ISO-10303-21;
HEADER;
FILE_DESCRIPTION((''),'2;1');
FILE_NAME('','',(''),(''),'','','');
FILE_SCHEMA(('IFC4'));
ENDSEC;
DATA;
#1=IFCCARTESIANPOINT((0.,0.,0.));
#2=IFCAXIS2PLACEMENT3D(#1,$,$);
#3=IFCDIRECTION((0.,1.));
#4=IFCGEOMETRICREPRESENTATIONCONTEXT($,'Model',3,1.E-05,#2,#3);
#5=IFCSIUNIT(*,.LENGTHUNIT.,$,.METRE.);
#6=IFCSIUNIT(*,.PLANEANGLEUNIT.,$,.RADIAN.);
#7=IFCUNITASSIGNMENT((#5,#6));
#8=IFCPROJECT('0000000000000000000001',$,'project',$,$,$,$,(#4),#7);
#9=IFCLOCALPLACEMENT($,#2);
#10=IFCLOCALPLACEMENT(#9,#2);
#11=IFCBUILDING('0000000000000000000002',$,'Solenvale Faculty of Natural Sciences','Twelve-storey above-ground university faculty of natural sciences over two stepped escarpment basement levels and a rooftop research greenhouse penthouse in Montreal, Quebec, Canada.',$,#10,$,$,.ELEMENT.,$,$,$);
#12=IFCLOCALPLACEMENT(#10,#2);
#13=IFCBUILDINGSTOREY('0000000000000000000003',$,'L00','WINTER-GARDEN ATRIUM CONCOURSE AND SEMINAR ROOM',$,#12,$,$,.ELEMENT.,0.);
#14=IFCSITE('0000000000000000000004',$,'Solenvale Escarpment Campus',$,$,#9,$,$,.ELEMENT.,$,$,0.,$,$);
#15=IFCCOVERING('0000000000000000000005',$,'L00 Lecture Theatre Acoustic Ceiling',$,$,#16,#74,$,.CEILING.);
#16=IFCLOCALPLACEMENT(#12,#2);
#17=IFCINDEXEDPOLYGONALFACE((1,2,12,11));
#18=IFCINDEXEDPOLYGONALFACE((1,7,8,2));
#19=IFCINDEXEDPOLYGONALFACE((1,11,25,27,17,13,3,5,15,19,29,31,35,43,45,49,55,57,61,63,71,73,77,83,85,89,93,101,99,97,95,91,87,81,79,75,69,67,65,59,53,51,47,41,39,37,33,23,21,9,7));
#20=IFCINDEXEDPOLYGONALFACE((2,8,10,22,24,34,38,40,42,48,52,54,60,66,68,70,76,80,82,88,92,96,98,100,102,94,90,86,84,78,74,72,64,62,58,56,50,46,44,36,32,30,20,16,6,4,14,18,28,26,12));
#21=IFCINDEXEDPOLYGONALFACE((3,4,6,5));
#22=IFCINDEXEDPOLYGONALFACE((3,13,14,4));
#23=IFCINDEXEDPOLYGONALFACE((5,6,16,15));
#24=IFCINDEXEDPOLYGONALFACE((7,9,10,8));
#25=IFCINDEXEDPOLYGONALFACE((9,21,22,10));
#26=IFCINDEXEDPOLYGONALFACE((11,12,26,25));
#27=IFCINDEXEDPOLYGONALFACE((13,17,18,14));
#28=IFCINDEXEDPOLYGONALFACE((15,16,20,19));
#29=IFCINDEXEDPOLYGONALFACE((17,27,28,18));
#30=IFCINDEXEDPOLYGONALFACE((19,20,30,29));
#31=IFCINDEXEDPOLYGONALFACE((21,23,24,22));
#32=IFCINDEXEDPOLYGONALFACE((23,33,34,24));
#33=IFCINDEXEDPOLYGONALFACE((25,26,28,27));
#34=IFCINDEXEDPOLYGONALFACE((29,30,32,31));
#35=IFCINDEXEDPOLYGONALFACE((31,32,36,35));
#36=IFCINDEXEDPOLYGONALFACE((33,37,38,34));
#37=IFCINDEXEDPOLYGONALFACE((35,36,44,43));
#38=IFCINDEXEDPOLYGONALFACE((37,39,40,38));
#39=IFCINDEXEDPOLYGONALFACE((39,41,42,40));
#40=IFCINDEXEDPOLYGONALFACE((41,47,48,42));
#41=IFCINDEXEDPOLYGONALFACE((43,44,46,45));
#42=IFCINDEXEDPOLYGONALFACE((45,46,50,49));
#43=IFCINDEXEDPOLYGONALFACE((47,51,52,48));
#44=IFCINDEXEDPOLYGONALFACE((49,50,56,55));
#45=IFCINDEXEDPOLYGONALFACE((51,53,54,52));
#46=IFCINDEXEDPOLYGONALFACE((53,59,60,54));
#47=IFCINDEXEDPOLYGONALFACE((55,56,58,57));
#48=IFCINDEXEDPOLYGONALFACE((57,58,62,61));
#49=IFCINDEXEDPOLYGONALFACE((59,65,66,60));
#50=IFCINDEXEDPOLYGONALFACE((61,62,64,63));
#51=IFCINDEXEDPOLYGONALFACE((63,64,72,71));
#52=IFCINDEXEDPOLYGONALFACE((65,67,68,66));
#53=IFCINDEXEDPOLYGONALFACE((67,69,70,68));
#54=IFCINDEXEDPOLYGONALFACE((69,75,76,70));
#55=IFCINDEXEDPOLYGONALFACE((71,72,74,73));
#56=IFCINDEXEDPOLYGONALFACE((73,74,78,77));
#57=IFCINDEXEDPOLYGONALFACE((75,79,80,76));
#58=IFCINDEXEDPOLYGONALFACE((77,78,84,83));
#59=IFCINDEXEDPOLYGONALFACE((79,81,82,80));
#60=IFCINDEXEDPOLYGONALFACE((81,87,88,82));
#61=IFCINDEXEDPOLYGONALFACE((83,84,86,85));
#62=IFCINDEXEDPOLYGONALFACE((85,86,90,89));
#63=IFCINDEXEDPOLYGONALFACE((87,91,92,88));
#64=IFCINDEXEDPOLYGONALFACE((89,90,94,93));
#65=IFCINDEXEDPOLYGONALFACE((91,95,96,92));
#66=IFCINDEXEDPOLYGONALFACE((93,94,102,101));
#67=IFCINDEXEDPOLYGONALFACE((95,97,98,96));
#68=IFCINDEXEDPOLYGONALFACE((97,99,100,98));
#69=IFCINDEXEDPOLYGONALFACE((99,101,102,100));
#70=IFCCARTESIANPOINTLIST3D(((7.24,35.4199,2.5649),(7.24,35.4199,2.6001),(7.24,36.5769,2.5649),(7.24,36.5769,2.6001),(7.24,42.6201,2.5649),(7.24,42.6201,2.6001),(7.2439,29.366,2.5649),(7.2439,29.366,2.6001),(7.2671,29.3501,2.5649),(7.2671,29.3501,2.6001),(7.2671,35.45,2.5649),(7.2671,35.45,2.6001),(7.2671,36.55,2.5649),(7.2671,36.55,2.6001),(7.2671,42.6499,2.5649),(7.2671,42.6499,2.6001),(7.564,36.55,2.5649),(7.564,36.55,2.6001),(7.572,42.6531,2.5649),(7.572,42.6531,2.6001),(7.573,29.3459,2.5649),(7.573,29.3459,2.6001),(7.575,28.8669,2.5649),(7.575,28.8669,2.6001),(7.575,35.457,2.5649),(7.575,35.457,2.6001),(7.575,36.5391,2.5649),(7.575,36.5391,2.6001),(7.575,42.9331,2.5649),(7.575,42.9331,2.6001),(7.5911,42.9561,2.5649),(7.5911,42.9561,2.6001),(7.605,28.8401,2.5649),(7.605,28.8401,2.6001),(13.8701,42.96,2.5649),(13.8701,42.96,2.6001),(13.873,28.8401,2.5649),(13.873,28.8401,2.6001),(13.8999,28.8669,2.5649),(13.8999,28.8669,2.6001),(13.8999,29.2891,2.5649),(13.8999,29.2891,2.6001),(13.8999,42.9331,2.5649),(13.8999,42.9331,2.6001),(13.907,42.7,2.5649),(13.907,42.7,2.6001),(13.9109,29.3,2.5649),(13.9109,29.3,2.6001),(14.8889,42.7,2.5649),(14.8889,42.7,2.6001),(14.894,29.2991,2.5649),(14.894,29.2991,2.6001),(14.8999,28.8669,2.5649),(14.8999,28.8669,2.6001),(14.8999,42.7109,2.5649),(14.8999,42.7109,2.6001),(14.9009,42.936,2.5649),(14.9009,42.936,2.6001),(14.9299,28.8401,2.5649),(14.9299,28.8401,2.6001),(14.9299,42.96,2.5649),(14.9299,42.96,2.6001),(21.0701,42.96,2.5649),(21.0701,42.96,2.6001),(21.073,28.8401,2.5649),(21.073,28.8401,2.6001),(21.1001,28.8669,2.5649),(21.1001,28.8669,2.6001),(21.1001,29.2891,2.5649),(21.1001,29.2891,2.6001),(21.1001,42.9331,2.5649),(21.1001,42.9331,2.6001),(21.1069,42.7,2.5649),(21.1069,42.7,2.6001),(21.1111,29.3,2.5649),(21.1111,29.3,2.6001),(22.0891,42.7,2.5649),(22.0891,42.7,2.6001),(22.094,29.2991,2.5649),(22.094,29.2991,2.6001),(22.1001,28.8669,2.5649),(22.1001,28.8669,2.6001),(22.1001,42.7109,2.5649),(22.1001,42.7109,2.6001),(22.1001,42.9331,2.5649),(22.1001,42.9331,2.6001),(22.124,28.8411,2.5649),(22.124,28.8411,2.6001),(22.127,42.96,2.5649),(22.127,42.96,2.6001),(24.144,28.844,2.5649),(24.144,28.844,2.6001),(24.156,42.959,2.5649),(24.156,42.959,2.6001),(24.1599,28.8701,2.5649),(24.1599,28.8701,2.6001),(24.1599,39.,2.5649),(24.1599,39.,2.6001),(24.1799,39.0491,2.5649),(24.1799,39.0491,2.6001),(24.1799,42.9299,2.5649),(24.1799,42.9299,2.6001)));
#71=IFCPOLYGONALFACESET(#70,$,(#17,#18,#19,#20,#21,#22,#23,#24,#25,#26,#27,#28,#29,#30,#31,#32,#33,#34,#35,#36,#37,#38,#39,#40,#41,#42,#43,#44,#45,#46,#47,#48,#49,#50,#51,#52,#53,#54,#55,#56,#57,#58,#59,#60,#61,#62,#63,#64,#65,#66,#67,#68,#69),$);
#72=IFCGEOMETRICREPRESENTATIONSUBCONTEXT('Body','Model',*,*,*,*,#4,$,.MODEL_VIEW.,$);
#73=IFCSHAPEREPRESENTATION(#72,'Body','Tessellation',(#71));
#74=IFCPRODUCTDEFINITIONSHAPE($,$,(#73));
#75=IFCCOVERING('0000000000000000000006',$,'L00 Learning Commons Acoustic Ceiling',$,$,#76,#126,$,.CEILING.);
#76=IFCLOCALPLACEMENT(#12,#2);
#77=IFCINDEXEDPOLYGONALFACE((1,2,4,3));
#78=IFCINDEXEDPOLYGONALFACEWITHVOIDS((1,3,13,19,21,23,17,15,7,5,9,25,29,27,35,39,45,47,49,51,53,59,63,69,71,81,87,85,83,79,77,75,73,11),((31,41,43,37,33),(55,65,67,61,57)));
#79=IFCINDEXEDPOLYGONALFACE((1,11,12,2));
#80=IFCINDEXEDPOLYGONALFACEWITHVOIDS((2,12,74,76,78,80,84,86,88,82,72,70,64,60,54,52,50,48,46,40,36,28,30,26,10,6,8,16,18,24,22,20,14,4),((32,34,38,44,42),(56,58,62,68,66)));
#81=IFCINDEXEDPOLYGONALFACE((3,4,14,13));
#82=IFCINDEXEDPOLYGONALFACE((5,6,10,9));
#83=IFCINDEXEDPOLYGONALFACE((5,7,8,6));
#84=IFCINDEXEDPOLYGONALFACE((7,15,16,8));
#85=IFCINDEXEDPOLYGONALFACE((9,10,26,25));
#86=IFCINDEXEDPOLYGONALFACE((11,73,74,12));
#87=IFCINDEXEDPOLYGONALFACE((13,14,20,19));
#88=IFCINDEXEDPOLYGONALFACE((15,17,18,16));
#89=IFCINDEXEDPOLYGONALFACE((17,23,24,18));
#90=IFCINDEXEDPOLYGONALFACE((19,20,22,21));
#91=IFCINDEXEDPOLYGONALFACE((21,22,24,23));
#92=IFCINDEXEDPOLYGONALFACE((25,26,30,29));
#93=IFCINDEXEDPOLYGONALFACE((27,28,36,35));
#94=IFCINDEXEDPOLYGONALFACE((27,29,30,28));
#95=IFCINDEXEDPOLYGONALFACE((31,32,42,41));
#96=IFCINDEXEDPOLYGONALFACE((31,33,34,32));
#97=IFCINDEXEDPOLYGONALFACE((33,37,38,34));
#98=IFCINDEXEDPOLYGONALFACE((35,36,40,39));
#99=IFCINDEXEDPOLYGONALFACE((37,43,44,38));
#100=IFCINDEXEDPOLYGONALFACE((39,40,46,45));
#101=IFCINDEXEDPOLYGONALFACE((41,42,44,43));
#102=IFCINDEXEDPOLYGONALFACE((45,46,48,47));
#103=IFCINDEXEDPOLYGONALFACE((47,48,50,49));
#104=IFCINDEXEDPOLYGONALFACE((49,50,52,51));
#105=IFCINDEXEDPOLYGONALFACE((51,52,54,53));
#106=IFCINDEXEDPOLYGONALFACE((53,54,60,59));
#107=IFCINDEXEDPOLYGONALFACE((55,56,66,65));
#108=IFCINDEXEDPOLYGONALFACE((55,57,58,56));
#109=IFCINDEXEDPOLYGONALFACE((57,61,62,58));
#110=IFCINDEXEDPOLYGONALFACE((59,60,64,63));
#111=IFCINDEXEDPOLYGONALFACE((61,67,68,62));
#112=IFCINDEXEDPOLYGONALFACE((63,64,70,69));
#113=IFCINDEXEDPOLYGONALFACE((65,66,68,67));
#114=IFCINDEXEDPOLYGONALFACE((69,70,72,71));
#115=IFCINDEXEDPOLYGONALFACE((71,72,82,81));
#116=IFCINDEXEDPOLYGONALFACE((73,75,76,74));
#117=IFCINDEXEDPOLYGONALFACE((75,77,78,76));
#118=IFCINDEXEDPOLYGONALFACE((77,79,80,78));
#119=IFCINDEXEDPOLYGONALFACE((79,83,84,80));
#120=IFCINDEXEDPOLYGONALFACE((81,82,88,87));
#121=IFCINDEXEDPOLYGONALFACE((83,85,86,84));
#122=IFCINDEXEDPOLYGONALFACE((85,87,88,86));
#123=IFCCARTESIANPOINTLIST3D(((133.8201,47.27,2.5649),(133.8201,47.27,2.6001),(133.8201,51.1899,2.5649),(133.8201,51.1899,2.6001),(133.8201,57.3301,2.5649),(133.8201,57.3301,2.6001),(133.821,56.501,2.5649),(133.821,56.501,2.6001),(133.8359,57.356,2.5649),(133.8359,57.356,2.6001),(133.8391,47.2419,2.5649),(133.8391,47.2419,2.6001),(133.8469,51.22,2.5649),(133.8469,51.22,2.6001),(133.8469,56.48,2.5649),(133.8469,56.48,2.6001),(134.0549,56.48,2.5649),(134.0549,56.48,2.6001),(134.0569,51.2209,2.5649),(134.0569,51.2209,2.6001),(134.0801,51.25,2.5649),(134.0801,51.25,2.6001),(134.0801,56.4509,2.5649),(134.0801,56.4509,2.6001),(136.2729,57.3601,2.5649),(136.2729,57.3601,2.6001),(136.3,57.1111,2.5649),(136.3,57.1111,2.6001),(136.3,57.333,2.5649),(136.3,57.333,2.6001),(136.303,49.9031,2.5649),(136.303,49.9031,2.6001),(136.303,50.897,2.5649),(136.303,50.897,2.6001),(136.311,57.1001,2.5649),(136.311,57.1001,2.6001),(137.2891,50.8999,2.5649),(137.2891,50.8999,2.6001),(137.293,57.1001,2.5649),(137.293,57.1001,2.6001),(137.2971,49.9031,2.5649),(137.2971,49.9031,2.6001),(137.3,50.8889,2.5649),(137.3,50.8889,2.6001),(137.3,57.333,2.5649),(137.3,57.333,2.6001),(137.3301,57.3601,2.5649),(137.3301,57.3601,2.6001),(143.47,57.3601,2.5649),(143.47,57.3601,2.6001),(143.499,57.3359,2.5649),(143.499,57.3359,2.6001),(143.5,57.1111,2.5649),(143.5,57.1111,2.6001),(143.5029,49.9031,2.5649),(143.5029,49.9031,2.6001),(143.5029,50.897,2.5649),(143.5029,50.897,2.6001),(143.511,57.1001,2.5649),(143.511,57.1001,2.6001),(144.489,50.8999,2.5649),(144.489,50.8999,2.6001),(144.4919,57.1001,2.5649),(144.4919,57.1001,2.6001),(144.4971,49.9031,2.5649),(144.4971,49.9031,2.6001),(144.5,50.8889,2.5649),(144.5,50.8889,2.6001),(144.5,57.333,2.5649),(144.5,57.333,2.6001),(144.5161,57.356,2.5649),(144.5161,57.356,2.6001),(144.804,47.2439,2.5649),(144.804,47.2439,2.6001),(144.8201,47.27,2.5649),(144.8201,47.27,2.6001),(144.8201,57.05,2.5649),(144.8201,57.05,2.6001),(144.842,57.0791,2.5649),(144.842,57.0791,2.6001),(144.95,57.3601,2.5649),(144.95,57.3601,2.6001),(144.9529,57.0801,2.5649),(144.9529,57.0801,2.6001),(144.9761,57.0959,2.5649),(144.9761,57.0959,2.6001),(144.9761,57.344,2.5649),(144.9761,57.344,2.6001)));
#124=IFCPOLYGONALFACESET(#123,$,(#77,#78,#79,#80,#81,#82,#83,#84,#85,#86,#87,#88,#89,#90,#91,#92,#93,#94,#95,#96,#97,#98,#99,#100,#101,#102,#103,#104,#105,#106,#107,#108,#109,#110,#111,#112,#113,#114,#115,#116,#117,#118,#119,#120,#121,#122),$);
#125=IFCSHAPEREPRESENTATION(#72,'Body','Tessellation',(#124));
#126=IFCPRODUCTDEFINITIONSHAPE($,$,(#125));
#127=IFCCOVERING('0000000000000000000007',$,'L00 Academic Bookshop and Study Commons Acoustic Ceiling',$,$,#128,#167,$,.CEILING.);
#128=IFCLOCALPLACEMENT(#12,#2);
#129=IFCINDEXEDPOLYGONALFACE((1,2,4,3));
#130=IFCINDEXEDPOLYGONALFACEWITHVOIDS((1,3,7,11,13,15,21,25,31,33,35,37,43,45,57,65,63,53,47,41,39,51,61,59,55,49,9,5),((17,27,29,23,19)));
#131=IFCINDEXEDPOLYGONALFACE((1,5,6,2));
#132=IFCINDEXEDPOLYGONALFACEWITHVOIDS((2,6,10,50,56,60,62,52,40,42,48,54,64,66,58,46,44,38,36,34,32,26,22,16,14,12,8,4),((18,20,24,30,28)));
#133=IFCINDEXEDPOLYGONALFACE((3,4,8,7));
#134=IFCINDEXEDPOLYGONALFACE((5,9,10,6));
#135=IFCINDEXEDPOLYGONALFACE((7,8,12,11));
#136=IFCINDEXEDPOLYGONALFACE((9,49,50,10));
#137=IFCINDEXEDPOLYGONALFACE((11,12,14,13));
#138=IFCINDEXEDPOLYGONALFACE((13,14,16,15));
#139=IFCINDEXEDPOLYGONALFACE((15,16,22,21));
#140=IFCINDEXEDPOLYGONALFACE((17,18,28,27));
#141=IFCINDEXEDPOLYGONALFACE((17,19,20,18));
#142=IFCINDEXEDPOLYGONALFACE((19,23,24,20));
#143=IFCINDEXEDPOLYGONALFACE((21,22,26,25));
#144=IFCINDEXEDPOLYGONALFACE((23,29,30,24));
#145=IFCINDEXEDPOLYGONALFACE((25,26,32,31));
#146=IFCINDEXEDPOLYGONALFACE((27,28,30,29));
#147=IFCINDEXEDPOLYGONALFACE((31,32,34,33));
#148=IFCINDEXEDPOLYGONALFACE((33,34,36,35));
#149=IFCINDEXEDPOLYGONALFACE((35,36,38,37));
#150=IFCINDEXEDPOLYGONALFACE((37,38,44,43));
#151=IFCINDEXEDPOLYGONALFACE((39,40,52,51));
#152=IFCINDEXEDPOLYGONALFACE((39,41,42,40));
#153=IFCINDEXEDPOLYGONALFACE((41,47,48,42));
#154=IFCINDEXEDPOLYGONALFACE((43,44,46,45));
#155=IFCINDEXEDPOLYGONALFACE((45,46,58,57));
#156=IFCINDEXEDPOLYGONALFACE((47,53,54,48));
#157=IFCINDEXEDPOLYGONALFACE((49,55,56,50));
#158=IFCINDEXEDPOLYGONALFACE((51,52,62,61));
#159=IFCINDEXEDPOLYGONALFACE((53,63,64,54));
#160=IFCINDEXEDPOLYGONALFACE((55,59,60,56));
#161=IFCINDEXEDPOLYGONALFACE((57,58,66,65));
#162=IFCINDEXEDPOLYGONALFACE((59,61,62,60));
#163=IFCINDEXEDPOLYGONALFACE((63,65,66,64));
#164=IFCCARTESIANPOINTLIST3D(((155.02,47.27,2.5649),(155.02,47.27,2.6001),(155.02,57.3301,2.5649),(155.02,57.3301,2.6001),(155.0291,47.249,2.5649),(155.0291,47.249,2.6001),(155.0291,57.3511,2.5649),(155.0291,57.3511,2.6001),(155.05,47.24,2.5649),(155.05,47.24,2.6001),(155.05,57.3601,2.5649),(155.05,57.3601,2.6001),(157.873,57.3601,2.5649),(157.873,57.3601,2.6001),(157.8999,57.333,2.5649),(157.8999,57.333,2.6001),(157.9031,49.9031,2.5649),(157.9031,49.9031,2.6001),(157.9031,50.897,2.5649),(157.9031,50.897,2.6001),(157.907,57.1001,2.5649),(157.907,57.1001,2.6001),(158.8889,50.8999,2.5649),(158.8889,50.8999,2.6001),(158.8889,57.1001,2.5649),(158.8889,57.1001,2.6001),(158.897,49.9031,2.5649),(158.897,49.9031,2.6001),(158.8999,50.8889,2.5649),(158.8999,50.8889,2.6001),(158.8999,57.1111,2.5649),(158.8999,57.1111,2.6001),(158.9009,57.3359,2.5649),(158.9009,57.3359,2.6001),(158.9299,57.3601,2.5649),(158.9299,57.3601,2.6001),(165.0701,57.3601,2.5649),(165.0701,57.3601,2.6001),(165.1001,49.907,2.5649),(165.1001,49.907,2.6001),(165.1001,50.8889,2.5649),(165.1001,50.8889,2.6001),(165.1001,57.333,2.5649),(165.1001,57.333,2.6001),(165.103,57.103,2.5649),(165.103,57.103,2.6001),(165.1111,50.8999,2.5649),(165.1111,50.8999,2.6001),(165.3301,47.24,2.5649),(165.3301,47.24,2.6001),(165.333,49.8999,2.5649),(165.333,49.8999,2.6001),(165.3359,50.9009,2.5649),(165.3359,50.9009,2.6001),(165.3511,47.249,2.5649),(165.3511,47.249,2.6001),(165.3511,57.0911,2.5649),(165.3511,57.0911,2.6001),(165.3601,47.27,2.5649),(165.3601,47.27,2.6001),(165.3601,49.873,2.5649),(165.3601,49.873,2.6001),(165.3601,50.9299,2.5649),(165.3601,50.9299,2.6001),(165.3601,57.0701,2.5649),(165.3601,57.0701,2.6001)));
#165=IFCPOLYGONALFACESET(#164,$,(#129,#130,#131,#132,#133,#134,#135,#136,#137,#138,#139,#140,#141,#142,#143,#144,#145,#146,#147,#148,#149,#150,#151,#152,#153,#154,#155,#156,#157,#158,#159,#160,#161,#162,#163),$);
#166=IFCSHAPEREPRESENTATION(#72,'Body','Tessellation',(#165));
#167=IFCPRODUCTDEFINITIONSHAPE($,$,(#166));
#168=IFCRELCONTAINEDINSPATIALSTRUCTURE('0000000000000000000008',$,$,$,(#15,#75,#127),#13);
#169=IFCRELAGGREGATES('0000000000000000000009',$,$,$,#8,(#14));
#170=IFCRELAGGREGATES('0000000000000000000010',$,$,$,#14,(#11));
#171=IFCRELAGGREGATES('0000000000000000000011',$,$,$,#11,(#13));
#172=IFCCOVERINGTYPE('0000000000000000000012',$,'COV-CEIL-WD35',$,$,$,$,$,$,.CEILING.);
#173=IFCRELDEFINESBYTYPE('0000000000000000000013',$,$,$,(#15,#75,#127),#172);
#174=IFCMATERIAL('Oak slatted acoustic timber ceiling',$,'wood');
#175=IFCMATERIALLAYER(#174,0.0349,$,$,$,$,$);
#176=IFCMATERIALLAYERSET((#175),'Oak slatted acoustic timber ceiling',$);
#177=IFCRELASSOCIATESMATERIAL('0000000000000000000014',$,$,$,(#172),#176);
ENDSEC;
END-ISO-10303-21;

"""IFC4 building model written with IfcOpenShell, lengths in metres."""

from ifc_helpers import new_model, si_unit, direction, frame, origin, place, context, subcontext, project, spatial, polyline, outline, extrude, material, layer, layer_set, type_object, element, save


model = new_model("IFC4")

# Units and contexts
model_context = context("Model", 3, precision=1e-05, world=origin(), true_north=direction((0.0, 1.0)))
body_context = subcontext(model_context, "Body", "Model", "MODEL_VIEW")
ifc_project = project(units=[si_unit("LENGTHUNIT", "METRE"), si_unit("PLANEANGLEUNIT", "RADIAN")], contexts=[model_context])

# Site, building, storey
site_placement = place(None, origin())
site = spatial("IfcSite", under=ifc_project, at=site_placement, Name="Solenvale Escarpment Campus", CompositionType="ELEMENT", RefElevation=0.0)
building_placement = place(site_placement, origin())
building = spatial("IfcBuilding", under=site, at=building_placement, Name="Solenvale Faculty of Natural Sciences", Description="Twelve-storey above-ground university faculty of natural sciences over two stepped escarpment basement levels and a rooftop research greenhouse penthouse in Montreal, Quebec, Canada.", CompositionType="ELEMENT")
storey_placement = place(building_placement, origin())
storey = spatial("IfcBuildingStorey", under=building, at=storey_placement, Name="L00", Description="WINTER-GARDEN ATRIUM CONCOURSE AND SEMINAR ROOM", CompositionType="ELEMENT", Elevation=0.0)

# Coverings
ifc_material_1 = material(Name="Oak slatted acoustic timber ceiling", Category="wood")
ifc_layer_1 = layer(ifc_material_1, 0.0349)
ifc_layer_set_1 = layer_set([ifc_layer_1], Name="Oak slatted acoustic timber ceiling")
covering_type_1 = type_object("IfcCoveringType", Name="COV-CEIL-WD35", PredefinedType="CEILING", material=ifc_layer_set_1)
covering_1_placement = place(storey_placement, frame((0.0, 0.0, 2.5649)))
element("IfcCovering", 1, at=covering_1_placement, inside=storey, type_object=covering_type_1, Name="L00 Lecture Theatre Acoustic Ceiling", PredefinedType="CEILING", context=body_context, shape_type="SweptSolid", body=[
    extrude(outline(polyline([(24.1799, 39.0491), (24.1599, 39.0), (24.1599, 28.8701), (24.144, 28.844), (22.124, 28.8411), (22.1001, 28.8669), (22.094, 29.2991), (21.1111, 29.3), (21.1001, 29.2891), (21.1001, 28.8669), (21.073, 28.8401), (14.9299, 28.8401), (14.8999, 28.8669), (14.894, 29.2991), (13.9109, 29.3), (13.8999, 29.2891), (13.8999, 28.8669), (13.873, 28.8401), (7.605, 28.8401), (7.575, 28.8669), (7.573, 29.3459), (7.2671, 29.3501), (7.2439, 29.366), (7.24, 35.4199), (7.2671, 35.45), (7.575, 35.457), (7.575, 36.5391), (7.564, 36.55), (7.2671, 36.55), (7.24, 36.5769), (7.24, 42.6201), (7.2671, 42.6499), (7.572, 42.6531), (7.575, 42.9331), (7.5911, 42.9561), (13.8701, 42.96), (13.8999, 42.9331), (13.907, 42.7), (14.8889, 42.7), (14.8999, 42.7109), (14.9009, 42.936), (14.9299, 42.96), (21.0701, 42.96), (21.1001, 42.9331), (21.1069, 42.7), (22.0891, 42.7), (22.1001, 42.7109), (22.1001, 42.9331), (22.127, 42.96), (24.156, 42.959), (24.1799, 42.9299), (24.1799, 39.0491)])), origin(), (0.0, 0.0, 1.0), 0.0352),
])
covering_2_placement = place(storey_placement, frame((0.0, 0.0, 2.5649)))
element("IfcCovering", 2, at=covering_2_placement, inside=storey, type_object=covering_type_1, Name="L00 Learning Commons Acoustic Ceiling", PredefinedType="CEILING", context=body_context, shape_type="SweptSolid", body=[
    extrude(outline(polyline([(133.8201, 51.1899), (133.8469, 51.22), (134.0569, 51.2209), (134.0801, 51.25), (134.0801, 56.4509), (134.0549, 56.48), (133.8469, 56.48), (133.821, 56.501), (133.8201, 57.3301), (133.8359, 57.356), (136.2729, 57.3601), (136.3, 57.333), (136.3, 57.1111), (136.311, 57.1001), (137.293, 57.1001), (137.3, 57.333), (137.3301, 57.3601), (143.47, 57.3601), (143.499, 57.3359), (143.5, 57.1111), (143.511, 57.1001), (144.4919, 57.1001), (144.5, 57.333), (144.5161, 57.356), (144.95, 57.3601), (144.9761, 57.344), (144.9761, 57.0959), (144.9529, 57.0801), (144.842, 57.0791), (144.8201, 57.05), (144.8201, 47.27), (144.804, 47.2439), (133.8391, 47.2419), (133.8201, 47.27), (133.8201, 51.1899)]), holes=[polyline([(144.5, 50.8889), (144.489, 50.8999), (143.5029, 50.897), (143.5029, 49.9031), (144.4971, 49.9031), (144.5, 50.8889)]), polyline([(137.3, 50.8889), (137.2891, 50.8999), (136.303, 50.897), (136.303, 49.9031), (137.2971, 49.9031), (137.3, 50.8889)])]), origin(), (0.0, 0.0, 1.0), 0.0352),
])
covering_3_placement = place(storey_placement, frame((0.0, 0.0, 2.5649)))
element("IfcCovering", 3, at=covering_3_placement, inside=storey, type_object=covering_type_1, Name="L00 Academic Bookshop and Study Commons Acoustic Ceiling", PredefinedType="CEILING", context=body_context, shape_type="SweptSolid", body=[
    extrude(outline(polyline([(155.05, 47.24), (155.0291, 47.249), (155.02, 47.27), (155.02, 57.3301), (155.0291, 57.3511), (155.05, 57.3601), (157.873, 57.3601), (157.8999, 57.333), (157.907, 57.1001), (158.8889, 57.1001), (158.8999, 57.1111), (158.9009, 57.3359), (158.9299, 57.3601), (165.0701, 57.3601), (165.1001, 57.333), (165.103, 57.103), (165.3511, 57.0911), (165.3601, 57.0701), (165.3601, 50.9299), (165.3359, 50.9009), (165.1111, 50.8999), (165.1001, 50.8889), (165.1001, 49.907), (165.333, 49.8999), (165.3601, 49.873), (165.3601, 47.27), (165.3511, 47.249), (165.3301, 47.24), (155.05, 47.24)]), holes=[polyline([(158.8999, 50.8889), (158.8889, 50.8999), (157.9031, 50.897), (157.9031, 49.9031), (158.897, 49.9031), (158.8999, 50.8889)])]), origin(), (0.0, 0.0, 1.0), 0.0352),
])

save(model, "model.ifc")
